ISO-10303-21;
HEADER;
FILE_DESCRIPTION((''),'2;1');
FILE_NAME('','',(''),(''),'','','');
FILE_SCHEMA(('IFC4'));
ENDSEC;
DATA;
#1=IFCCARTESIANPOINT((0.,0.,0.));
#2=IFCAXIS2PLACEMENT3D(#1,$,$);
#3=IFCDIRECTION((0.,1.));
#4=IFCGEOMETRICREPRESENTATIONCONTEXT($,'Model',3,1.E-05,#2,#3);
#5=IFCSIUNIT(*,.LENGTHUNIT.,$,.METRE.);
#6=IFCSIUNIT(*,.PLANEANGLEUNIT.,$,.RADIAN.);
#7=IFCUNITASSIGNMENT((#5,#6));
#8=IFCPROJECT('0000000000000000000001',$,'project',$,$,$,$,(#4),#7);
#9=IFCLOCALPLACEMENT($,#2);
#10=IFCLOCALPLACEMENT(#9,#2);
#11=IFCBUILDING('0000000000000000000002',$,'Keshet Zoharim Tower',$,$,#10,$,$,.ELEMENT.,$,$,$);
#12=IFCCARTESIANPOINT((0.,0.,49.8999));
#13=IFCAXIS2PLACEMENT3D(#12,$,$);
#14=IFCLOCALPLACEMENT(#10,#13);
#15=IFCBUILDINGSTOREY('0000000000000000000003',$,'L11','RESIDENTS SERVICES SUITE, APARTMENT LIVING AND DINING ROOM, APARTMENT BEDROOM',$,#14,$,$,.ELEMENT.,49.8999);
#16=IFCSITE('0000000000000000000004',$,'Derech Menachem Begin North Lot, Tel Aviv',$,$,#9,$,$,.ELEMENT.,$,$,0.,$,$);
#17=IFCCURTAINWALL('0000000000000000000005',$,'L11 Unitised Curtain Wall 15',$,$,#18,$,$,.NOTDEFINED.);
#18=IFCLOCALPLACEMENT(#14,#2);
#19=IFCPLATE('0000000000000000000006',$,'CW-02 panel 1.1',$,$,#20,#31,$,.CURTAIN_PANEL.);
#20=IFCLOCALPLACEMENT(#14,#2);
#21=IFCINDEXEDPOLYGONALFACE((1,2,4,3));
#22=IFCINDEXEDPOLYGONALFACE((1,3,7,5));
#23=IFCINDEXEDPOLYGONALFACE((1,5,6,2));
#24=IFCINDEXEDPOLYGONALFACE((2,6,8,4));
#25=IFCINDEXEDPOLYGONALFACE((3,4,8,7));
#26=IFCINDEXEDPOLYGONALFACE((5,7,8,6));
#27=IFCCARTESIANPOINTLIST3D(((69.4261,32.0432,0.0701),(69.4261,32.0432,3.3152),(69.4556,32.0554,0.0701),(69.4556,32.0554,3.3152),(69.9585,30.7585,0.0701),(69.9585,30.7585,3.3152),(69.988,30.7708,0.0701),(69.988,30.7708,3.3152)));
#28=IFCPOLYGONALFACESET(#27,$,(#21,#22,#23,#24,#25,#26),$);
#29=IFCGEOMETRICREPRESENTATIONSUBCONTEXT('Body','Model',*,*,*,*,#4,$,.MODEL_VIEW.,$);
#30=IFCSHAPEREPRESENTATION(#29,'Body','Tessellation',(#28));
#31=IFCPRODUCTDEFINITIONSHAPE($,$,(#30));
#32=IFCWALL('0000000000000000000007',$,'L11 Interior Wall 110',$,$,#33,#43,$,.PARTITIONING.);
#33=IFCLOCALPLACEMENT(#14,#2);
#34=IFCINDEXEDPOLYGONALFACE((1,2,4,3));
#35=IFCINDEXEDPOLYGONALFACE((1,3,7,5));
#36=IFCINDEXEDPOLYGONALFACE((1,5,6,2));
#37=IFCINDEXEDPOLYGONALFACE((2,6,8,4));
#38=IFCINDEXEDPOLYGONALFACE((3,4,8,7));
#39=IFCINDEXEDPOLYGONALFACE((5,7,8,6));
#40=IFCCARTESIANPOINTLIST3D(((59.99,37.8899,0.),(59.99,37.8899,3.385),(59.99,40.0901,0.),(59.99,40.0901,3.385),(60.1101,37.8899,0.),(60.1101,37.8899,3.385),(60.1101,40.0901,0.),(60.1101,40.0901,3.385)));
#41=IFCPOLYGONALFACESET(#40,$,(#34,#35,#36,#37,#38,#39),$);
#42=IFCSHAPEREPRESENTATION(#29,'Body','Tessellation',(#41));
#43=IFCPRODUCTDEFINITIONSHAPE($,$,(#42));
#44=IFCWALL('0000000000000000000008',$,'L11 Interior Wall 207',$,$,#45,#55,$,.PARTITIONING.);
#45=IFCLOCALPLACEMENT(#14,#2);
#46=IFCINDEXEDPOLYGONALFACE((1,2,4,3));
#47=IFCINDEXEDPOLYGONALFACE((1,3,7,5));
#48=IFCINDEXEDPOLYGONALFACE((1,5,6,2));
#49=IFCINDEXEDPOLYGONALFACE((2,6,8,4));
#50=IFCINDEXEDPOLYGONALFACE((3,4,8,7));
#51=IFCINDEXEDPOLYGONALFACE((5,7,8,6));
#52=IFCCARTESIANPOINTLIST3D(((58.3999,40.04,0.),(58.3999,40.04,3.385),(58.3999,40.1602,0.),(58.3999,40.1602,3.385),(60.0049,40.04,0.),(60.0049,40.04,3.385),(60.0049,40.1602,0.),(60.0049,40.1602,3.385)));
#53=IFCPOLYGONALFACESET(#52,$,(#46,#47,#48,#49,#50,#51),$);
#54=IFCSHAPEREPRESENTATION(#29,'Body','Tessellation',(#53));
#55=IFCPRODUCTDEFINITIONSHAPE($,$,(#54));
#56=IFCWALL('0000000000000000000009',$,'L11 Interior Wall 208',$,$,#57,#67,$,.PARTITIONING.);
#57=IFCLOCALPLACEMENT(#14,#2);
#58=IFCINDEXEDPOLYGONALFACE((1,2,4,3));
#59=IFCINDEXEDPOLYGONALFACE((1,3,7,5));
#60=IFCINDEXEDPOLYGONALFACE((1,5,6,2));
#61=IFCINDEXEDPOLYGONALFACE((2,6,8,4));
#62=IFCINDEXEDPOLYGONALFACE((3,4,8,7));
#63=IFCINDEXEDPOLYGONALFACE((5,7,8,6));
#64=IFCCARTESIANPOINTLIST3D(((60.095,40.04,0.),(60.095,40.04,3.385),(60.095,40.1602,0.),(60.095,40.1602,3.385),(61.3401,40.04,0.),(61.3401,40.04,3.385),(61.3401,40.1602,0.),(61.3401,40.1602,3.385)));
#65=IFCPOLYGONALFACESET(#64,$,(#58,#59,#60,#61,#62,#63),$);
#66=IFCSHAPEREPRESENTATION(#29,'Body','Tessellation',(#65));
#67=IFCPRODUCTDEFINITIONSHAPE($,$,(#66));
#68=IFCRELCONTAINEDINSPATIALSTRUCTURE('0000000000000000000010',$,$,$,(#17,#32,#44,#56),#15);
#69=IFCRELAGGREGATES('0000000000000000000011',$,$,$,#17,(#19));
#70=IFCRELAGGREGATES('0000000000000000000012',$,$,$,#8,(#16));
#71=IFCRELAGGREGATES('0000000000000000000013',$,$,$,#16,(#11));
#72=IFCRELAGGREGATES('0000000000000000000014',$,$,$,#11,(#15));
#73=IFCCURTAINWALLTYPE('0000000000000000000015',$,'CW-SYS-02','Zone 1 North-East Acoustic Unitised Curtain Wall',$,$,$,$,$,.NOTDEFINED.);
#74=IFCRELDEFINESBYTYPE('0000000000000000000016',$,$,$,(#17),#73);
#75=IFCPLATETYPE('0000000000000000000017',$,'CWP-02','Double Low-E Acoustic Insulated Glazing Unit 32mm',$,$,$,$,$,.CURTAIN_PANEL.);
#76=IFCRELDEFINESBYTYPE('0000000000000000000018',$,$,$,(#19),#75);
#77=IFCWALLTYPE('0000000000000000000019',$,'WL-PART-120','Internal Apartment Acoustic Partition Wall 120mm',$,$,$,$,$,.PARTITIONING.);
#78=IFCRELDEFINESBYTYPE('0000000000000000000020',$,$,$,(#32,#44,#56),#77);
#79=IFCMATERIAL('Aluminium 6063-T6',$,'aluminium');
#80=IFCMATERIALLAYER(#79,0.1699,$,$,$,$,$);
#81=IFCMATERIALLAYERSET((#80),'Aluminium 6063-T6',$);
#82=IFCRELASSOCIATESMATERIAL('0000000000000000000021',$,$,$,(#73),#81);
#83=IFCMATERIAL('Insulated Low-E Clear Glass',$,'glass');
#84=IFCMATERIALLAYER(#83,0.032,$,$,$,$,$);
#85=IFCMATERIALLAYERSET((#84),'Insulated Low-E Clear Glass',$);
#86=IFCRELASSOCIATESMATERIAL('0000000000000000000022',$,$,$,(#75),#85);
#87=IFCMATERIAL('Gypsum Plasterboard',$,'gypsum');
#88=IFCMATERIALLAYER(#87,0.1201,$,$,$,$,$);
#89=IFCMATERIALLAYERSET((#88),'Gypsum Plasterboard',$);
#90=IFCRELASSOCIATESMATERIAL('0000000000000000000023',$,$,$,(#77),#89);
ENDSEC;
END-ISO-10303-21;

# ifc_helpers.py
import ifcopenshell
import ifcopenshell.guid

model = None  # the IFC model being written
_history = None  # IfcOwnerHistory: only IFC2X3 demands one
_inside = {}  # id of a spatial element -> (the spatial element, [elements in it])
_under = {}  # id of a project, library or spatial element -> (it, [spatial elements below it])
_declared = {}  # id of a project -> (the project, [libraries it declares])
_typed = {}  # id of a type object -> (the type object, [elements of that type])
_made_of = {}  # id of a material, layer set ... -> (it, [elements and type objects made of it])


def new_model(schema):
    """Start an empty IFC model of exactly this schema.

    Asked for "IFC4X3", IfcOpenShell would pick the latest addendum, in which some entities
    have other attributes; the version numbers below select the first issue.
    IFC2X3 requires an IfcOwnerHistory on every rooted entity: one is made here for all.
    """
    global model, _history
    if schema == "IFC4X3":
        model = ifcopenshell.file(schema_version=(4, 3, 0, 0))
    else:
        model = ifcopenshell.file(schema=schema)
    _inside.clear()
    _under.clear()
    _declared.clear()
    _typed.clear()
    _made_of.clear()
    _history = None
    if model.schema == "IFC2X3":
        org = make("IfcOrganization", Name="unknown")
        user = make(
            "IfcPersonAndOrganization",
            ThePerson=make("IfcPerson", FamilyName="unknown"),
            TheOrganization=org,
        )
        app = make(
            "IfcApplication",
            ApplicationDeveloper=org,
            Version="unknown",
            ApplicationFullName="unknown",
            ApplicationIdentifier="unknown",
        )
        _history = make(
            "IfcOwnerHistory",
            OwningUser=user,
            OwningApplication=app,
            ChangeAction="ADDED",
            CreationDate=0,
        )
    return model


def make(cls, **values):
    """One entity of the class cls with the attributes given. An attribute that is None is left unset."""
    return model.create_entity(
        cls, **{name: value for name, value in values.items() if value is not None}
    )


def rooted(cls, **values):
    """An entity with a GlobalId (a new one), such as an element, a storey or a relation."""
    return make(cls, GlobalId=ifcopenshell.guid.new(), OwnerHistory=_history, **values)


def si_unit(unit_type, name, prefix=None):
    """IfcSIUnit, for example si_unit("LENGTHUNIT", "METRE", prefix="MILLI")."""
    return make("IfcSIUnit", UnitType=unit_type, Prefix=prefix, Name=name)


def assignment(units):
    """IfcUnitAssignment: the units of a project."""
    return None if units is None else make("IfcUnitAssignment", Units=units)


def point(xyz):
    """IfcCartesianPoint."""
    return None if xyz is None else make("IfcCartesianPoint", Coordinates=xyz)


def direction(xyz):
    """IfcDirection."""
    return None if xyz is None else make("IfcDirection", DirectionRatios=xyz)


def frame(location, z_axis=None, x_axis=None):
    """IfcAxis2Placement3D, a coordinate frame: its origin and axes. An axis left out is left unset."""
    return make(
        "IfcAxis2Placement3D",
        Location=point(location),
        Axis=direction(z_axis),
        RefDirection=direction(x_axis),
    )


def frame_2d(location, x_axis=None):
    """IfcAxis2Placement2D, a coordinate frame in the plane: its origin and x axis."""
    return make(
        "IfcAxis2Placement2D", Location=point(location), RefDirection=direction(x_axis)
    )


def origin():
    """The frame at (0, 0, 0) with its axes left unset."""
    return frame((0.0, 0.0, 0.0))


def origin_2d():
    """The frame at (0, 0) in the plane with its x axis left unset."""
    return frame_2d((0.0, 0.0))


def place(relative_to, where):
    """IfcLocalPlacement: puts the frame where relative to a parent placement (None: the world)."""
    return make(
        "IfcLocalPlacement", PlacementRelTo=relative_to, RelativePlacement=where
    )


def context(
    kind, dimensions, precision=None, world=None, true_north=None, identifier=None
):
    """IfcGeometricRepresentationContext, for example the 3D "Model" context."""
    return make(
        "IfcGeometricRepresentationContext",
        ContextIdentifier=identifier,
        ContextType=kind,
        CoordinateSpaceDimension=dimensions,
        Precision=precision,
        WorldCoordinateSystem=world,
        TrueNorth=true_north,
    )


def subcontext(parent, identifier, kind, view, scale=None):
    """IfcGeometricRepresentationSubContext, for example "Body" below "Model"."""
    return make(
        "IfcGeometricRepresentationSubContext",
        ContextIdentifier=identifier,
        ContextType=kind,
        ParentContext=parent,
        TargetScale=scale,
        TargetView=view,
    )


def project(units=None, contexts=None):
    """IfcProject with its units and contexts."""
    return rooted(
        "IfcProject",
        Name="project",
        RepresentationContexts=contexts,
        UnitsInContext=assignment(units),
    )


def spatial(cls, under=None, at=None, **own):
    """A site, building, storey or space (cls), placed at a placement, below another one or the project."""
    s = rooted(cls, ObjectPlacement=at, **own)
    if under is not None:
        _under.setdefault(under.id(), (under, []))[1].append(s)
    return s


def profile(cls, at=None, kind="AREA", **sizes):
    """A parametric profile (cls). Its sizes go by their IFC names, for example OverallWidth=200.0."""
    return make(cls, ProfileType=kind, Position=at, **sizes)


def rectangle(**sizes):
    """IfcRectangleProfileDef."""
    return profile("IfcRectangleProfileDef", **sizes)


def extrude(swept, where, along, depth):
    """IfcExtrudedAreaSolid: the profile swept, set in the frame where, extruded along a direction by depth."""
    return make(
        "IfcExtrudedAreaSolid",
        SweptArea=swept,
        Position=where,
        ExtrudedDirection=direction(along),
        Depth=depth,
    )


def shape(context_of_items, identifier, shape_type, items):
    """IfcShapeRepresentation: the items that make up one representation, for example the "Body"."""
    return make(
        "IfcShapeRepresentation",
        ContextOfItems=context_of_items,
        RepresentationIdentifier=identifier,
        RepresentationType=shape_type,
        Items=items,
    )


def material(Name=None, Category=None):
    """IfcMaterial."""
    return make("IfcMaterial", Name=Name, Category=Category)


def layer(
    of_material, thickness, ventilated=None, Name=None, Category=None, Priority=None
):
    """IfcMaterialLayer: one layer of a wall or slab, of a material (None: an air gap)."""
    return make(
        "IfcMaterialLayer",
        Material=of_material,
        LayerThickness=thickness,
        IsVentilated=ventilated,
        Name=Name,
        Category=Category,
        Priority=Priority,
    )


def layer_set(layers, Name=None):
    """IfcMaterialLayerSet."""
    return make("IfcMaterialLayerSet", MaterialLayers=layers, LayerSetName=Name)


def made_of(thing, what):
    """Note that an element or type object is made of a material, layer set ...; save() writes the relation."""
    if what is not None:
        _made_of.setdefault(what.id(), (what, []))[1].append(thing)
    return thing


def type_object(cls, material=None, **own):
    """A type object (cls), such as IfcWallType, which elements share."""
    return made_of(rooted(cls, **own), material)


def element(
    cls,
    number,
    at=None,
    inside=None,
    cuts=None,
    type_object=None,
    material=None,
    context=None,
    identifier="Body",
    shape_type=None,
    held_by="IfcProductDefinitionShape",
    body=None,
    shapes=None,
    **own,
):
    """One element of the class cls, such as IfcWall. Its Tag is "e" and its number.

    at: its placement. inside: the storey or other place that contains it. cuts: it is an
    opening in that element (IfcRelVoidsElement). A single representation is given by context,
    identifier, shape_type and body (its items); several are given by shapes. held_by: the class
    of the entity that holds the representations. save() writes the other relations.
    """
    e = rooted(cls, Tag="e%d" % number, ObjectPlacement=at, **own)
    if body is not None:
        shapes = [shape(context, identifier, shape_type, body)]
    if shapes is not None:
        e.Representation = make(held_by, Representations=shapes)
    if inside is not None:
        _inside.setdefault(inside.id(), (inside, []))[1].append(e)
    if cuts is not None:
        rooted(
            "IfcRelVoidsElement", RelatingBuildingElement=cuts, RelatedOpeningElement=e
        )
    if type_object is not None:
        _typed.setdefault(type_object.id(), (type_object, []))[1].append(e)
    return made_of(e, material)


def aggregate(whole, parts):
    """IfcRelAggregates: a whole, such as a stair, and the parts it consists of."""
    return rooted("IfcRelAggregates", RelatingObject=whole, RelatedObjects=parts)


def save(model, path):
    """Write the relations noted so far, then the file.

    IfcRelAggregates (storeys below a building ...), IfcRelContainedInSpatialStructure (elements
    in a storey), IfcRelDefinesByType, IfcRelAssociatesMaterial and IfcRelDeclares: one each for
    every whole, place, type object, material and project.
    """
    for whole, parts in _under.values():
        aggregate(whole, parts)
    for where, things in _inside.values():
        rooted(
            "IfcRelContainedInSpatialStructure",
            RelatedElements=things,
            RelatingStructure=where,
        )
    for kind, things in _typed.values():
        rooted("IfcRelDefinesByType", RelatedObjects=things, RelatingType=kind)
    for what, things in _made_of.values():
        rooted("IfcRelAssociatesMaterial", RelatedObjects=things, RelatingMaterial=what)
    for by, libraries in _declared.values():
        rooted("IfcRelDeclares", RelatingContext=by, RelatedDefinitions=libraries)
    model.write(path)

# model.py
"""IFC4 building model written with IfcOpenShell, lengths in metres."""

from ifc_helpers import new_model, si_unit, direction, frame, frame_2d, origin, origin_2d, place, context, subcontext, project, spatial, rectangle, extrude, material, layer, layer_set, type_object, element, aggregate, save


model = new_model("IFC4")

# Units and contexts
model_context = context("Model", 3, precision=1e-05, world=origin(), true_north=direction((0.0, 1.0)))
body_context = subcontext(model_context, "Body", "Model", "MODEL_VIEW")
ifc_project = project(units=[si_unit("LENGTHUNIT", "METRE"), si_unit("PLANEANGLEUNIT", "RADIAN")], contexts=[model_context])

# Site, building, storey
site_placement = place(None, origin())
site = spatial("IfcSite", under=ifc_project, at=site_placement, Name="Derech Menachem Begin North Lot, Tel Aviv", CompositionType="ELEMENT", RefElevation=0.0)
building_placement = place(site_placement, origin())
building = spatial("IfcBuilding", under=site, at=building_placement, Name="Keshet Zoharim Tower", CompositionType="ELEMENT")
storey_placement = place(building_placement, frame((0.0, 0.0, 49.8999)))
storey = spatial("IfcBuildingStorey", under=building, at=storey_placement, Name="L11", Description="RESIDENTS SERVICES SUITE, APARTMENT LIVING AND DINING ROOM, APARTMENT BEDROOM", CompositionType="ELEMENT", Elevation=49.8999)

# Shared definitions
ifc_material_1 = material(Name="Aluminium 6063-T6", Category="aluminium")
ifc_layer_1 = layer(ifc_material_1, 0.1699)
ifc_layer_set_1 = layer_set([ifc_layer_1], Name="Aluminium 6063-T6")
curtain_wall_type_1 = type_object("IfcCurtainWallType", Name="CW-SYS-02", Description="Zone 1 North-East Acoustic Unitised Curtain Wall", PredefinedType="NOTDEFINED", material=ifc_layer_set_1)

# Curtain wall
curtain_wall_1_placement = place(storey_placement, origin())
curtain_wall_1 = element("IfcCurtainWall", 1, at=curtain_wall_1_placement, inside=storey, type_object=curtain_wall_type_1, Name="L11 Unitised Curtain Wall 15", PredefinedType="NOTDEFINED")

# Plate
ifc_material_2 = material(Name="Insulated Low-E Clear Glass", Category="glass")
ifc_layer_2 = layer(ifc_material_2, 0.032)
ifc_layer_set_2 = layer_set([ifc_layer_2], Name="Insulated Low-E Clear Glass")
plate_type_1 = type_object("IfcPlateType", Name="CWP-02", Description="Double Low-E Acoustic Insulated Glazing Unit 32mm", PredefinedType="CURTAIN_PANEL", material=ifc_layer_set_2)
plate_1_placement = place(storey_placement, frame((69.707, 31.407, 0.0701), z_axis=(0.0, 0.0, 1.0), x_axis=(0.382852, -0.92381, 0.0)))
plate_1 = element("IfcPlate", 2, at=plate_1_placement, type_object=plate_type_1, Name="CW-02 panel 1.1", PredefinedType="CURTAIN_PANEL", context=body_context, shape_type="SweptSolid", body=[
    extrude(rectangle(XDim=1.3906, YDim=0.032, at=origin_2d()), origin(), (0.0, 0.0, 1.0), 3.2451),
])
aggregate(curtain_wall_1, [plate_1])

# Walls
ifc_material_3 = material(Name="Gypsum Plasterboard", Category="gypsum")
ifc_layer_3 = layer(ifc_material_3, 0.1201)
ifc_layer_set_3 = layer_set([ifc_layer_3], Name="Gypsum Plasterboard")
wall_type = type_object("IfcWallType", Name="WL-PART-120", Description="Internal Apartment Acoustic Partition Wall 120mm", PredefinedType="PARTITIONING", material=ifc_layer_set_3)
wall_1_placement = place(storey_placement, frame((60.05, 37.8899, 0.0), z_axis=(0.0, 0.0, 1.0), x_axis=(0.0, 1.0, 0.0)))
element("IfcWall", 3, at=wall_1_placement, inside=storey, type_object=wall_type, Name="L11 Interior Wall 110", PredefinedType="PARTITIONING", context=body_context, shape_type="SweptSolid", body=[
    extrude(rectangle(XDim=2.2002, YDim=0.1201, at=frame_2d((1.1001, 0.0))), origin(), (0.0, 0.0, 1.0), 3.385),
])
wall_2_placement = place(storey_placement, frame((58.3999, 40.1001, 0.0), z_axis=(0.0, 0.0, 1.0), x_axis=(1.0, 0.0, 0.0)))
element("IfcWall", 4, at=wall_2_placement, inside=storey, type_object=wall_type, Name="L11 Interior Wall 207", PredefinedType="PARTITIONING", context=body_context, shape_type="SweptSolid", body=[
    extrude(rectangle(XDim=1.605, YDim=0.1201, at=frame_2d((0.8025, 0.0))), origin(), (0.0, 0.0, 1.0), 3.385),
])
wall_3_placement = place(storey_placement, frame((60.095, 40.1001, 0.0), z_axis=(0.0, 0.0, 1.0), x_axis=(1.0, 0.0, 0.0)))
element("IfcWall", 5, at=wall_3_placement, inside=storey, type_object=wall_type, Name="L11 Interior Wall 208", PredefinedType="PARTITIONING", context=body_context, shape_type="SweptSolid", body=[
    extrude(rectangle(XDim=1.2451, YDim=0.1201, at=frame_2d((0.6226, 0.0))), origin(), (0.0, 0.0, 1.0), 3.385),
])

save(model, "model.ifc")
